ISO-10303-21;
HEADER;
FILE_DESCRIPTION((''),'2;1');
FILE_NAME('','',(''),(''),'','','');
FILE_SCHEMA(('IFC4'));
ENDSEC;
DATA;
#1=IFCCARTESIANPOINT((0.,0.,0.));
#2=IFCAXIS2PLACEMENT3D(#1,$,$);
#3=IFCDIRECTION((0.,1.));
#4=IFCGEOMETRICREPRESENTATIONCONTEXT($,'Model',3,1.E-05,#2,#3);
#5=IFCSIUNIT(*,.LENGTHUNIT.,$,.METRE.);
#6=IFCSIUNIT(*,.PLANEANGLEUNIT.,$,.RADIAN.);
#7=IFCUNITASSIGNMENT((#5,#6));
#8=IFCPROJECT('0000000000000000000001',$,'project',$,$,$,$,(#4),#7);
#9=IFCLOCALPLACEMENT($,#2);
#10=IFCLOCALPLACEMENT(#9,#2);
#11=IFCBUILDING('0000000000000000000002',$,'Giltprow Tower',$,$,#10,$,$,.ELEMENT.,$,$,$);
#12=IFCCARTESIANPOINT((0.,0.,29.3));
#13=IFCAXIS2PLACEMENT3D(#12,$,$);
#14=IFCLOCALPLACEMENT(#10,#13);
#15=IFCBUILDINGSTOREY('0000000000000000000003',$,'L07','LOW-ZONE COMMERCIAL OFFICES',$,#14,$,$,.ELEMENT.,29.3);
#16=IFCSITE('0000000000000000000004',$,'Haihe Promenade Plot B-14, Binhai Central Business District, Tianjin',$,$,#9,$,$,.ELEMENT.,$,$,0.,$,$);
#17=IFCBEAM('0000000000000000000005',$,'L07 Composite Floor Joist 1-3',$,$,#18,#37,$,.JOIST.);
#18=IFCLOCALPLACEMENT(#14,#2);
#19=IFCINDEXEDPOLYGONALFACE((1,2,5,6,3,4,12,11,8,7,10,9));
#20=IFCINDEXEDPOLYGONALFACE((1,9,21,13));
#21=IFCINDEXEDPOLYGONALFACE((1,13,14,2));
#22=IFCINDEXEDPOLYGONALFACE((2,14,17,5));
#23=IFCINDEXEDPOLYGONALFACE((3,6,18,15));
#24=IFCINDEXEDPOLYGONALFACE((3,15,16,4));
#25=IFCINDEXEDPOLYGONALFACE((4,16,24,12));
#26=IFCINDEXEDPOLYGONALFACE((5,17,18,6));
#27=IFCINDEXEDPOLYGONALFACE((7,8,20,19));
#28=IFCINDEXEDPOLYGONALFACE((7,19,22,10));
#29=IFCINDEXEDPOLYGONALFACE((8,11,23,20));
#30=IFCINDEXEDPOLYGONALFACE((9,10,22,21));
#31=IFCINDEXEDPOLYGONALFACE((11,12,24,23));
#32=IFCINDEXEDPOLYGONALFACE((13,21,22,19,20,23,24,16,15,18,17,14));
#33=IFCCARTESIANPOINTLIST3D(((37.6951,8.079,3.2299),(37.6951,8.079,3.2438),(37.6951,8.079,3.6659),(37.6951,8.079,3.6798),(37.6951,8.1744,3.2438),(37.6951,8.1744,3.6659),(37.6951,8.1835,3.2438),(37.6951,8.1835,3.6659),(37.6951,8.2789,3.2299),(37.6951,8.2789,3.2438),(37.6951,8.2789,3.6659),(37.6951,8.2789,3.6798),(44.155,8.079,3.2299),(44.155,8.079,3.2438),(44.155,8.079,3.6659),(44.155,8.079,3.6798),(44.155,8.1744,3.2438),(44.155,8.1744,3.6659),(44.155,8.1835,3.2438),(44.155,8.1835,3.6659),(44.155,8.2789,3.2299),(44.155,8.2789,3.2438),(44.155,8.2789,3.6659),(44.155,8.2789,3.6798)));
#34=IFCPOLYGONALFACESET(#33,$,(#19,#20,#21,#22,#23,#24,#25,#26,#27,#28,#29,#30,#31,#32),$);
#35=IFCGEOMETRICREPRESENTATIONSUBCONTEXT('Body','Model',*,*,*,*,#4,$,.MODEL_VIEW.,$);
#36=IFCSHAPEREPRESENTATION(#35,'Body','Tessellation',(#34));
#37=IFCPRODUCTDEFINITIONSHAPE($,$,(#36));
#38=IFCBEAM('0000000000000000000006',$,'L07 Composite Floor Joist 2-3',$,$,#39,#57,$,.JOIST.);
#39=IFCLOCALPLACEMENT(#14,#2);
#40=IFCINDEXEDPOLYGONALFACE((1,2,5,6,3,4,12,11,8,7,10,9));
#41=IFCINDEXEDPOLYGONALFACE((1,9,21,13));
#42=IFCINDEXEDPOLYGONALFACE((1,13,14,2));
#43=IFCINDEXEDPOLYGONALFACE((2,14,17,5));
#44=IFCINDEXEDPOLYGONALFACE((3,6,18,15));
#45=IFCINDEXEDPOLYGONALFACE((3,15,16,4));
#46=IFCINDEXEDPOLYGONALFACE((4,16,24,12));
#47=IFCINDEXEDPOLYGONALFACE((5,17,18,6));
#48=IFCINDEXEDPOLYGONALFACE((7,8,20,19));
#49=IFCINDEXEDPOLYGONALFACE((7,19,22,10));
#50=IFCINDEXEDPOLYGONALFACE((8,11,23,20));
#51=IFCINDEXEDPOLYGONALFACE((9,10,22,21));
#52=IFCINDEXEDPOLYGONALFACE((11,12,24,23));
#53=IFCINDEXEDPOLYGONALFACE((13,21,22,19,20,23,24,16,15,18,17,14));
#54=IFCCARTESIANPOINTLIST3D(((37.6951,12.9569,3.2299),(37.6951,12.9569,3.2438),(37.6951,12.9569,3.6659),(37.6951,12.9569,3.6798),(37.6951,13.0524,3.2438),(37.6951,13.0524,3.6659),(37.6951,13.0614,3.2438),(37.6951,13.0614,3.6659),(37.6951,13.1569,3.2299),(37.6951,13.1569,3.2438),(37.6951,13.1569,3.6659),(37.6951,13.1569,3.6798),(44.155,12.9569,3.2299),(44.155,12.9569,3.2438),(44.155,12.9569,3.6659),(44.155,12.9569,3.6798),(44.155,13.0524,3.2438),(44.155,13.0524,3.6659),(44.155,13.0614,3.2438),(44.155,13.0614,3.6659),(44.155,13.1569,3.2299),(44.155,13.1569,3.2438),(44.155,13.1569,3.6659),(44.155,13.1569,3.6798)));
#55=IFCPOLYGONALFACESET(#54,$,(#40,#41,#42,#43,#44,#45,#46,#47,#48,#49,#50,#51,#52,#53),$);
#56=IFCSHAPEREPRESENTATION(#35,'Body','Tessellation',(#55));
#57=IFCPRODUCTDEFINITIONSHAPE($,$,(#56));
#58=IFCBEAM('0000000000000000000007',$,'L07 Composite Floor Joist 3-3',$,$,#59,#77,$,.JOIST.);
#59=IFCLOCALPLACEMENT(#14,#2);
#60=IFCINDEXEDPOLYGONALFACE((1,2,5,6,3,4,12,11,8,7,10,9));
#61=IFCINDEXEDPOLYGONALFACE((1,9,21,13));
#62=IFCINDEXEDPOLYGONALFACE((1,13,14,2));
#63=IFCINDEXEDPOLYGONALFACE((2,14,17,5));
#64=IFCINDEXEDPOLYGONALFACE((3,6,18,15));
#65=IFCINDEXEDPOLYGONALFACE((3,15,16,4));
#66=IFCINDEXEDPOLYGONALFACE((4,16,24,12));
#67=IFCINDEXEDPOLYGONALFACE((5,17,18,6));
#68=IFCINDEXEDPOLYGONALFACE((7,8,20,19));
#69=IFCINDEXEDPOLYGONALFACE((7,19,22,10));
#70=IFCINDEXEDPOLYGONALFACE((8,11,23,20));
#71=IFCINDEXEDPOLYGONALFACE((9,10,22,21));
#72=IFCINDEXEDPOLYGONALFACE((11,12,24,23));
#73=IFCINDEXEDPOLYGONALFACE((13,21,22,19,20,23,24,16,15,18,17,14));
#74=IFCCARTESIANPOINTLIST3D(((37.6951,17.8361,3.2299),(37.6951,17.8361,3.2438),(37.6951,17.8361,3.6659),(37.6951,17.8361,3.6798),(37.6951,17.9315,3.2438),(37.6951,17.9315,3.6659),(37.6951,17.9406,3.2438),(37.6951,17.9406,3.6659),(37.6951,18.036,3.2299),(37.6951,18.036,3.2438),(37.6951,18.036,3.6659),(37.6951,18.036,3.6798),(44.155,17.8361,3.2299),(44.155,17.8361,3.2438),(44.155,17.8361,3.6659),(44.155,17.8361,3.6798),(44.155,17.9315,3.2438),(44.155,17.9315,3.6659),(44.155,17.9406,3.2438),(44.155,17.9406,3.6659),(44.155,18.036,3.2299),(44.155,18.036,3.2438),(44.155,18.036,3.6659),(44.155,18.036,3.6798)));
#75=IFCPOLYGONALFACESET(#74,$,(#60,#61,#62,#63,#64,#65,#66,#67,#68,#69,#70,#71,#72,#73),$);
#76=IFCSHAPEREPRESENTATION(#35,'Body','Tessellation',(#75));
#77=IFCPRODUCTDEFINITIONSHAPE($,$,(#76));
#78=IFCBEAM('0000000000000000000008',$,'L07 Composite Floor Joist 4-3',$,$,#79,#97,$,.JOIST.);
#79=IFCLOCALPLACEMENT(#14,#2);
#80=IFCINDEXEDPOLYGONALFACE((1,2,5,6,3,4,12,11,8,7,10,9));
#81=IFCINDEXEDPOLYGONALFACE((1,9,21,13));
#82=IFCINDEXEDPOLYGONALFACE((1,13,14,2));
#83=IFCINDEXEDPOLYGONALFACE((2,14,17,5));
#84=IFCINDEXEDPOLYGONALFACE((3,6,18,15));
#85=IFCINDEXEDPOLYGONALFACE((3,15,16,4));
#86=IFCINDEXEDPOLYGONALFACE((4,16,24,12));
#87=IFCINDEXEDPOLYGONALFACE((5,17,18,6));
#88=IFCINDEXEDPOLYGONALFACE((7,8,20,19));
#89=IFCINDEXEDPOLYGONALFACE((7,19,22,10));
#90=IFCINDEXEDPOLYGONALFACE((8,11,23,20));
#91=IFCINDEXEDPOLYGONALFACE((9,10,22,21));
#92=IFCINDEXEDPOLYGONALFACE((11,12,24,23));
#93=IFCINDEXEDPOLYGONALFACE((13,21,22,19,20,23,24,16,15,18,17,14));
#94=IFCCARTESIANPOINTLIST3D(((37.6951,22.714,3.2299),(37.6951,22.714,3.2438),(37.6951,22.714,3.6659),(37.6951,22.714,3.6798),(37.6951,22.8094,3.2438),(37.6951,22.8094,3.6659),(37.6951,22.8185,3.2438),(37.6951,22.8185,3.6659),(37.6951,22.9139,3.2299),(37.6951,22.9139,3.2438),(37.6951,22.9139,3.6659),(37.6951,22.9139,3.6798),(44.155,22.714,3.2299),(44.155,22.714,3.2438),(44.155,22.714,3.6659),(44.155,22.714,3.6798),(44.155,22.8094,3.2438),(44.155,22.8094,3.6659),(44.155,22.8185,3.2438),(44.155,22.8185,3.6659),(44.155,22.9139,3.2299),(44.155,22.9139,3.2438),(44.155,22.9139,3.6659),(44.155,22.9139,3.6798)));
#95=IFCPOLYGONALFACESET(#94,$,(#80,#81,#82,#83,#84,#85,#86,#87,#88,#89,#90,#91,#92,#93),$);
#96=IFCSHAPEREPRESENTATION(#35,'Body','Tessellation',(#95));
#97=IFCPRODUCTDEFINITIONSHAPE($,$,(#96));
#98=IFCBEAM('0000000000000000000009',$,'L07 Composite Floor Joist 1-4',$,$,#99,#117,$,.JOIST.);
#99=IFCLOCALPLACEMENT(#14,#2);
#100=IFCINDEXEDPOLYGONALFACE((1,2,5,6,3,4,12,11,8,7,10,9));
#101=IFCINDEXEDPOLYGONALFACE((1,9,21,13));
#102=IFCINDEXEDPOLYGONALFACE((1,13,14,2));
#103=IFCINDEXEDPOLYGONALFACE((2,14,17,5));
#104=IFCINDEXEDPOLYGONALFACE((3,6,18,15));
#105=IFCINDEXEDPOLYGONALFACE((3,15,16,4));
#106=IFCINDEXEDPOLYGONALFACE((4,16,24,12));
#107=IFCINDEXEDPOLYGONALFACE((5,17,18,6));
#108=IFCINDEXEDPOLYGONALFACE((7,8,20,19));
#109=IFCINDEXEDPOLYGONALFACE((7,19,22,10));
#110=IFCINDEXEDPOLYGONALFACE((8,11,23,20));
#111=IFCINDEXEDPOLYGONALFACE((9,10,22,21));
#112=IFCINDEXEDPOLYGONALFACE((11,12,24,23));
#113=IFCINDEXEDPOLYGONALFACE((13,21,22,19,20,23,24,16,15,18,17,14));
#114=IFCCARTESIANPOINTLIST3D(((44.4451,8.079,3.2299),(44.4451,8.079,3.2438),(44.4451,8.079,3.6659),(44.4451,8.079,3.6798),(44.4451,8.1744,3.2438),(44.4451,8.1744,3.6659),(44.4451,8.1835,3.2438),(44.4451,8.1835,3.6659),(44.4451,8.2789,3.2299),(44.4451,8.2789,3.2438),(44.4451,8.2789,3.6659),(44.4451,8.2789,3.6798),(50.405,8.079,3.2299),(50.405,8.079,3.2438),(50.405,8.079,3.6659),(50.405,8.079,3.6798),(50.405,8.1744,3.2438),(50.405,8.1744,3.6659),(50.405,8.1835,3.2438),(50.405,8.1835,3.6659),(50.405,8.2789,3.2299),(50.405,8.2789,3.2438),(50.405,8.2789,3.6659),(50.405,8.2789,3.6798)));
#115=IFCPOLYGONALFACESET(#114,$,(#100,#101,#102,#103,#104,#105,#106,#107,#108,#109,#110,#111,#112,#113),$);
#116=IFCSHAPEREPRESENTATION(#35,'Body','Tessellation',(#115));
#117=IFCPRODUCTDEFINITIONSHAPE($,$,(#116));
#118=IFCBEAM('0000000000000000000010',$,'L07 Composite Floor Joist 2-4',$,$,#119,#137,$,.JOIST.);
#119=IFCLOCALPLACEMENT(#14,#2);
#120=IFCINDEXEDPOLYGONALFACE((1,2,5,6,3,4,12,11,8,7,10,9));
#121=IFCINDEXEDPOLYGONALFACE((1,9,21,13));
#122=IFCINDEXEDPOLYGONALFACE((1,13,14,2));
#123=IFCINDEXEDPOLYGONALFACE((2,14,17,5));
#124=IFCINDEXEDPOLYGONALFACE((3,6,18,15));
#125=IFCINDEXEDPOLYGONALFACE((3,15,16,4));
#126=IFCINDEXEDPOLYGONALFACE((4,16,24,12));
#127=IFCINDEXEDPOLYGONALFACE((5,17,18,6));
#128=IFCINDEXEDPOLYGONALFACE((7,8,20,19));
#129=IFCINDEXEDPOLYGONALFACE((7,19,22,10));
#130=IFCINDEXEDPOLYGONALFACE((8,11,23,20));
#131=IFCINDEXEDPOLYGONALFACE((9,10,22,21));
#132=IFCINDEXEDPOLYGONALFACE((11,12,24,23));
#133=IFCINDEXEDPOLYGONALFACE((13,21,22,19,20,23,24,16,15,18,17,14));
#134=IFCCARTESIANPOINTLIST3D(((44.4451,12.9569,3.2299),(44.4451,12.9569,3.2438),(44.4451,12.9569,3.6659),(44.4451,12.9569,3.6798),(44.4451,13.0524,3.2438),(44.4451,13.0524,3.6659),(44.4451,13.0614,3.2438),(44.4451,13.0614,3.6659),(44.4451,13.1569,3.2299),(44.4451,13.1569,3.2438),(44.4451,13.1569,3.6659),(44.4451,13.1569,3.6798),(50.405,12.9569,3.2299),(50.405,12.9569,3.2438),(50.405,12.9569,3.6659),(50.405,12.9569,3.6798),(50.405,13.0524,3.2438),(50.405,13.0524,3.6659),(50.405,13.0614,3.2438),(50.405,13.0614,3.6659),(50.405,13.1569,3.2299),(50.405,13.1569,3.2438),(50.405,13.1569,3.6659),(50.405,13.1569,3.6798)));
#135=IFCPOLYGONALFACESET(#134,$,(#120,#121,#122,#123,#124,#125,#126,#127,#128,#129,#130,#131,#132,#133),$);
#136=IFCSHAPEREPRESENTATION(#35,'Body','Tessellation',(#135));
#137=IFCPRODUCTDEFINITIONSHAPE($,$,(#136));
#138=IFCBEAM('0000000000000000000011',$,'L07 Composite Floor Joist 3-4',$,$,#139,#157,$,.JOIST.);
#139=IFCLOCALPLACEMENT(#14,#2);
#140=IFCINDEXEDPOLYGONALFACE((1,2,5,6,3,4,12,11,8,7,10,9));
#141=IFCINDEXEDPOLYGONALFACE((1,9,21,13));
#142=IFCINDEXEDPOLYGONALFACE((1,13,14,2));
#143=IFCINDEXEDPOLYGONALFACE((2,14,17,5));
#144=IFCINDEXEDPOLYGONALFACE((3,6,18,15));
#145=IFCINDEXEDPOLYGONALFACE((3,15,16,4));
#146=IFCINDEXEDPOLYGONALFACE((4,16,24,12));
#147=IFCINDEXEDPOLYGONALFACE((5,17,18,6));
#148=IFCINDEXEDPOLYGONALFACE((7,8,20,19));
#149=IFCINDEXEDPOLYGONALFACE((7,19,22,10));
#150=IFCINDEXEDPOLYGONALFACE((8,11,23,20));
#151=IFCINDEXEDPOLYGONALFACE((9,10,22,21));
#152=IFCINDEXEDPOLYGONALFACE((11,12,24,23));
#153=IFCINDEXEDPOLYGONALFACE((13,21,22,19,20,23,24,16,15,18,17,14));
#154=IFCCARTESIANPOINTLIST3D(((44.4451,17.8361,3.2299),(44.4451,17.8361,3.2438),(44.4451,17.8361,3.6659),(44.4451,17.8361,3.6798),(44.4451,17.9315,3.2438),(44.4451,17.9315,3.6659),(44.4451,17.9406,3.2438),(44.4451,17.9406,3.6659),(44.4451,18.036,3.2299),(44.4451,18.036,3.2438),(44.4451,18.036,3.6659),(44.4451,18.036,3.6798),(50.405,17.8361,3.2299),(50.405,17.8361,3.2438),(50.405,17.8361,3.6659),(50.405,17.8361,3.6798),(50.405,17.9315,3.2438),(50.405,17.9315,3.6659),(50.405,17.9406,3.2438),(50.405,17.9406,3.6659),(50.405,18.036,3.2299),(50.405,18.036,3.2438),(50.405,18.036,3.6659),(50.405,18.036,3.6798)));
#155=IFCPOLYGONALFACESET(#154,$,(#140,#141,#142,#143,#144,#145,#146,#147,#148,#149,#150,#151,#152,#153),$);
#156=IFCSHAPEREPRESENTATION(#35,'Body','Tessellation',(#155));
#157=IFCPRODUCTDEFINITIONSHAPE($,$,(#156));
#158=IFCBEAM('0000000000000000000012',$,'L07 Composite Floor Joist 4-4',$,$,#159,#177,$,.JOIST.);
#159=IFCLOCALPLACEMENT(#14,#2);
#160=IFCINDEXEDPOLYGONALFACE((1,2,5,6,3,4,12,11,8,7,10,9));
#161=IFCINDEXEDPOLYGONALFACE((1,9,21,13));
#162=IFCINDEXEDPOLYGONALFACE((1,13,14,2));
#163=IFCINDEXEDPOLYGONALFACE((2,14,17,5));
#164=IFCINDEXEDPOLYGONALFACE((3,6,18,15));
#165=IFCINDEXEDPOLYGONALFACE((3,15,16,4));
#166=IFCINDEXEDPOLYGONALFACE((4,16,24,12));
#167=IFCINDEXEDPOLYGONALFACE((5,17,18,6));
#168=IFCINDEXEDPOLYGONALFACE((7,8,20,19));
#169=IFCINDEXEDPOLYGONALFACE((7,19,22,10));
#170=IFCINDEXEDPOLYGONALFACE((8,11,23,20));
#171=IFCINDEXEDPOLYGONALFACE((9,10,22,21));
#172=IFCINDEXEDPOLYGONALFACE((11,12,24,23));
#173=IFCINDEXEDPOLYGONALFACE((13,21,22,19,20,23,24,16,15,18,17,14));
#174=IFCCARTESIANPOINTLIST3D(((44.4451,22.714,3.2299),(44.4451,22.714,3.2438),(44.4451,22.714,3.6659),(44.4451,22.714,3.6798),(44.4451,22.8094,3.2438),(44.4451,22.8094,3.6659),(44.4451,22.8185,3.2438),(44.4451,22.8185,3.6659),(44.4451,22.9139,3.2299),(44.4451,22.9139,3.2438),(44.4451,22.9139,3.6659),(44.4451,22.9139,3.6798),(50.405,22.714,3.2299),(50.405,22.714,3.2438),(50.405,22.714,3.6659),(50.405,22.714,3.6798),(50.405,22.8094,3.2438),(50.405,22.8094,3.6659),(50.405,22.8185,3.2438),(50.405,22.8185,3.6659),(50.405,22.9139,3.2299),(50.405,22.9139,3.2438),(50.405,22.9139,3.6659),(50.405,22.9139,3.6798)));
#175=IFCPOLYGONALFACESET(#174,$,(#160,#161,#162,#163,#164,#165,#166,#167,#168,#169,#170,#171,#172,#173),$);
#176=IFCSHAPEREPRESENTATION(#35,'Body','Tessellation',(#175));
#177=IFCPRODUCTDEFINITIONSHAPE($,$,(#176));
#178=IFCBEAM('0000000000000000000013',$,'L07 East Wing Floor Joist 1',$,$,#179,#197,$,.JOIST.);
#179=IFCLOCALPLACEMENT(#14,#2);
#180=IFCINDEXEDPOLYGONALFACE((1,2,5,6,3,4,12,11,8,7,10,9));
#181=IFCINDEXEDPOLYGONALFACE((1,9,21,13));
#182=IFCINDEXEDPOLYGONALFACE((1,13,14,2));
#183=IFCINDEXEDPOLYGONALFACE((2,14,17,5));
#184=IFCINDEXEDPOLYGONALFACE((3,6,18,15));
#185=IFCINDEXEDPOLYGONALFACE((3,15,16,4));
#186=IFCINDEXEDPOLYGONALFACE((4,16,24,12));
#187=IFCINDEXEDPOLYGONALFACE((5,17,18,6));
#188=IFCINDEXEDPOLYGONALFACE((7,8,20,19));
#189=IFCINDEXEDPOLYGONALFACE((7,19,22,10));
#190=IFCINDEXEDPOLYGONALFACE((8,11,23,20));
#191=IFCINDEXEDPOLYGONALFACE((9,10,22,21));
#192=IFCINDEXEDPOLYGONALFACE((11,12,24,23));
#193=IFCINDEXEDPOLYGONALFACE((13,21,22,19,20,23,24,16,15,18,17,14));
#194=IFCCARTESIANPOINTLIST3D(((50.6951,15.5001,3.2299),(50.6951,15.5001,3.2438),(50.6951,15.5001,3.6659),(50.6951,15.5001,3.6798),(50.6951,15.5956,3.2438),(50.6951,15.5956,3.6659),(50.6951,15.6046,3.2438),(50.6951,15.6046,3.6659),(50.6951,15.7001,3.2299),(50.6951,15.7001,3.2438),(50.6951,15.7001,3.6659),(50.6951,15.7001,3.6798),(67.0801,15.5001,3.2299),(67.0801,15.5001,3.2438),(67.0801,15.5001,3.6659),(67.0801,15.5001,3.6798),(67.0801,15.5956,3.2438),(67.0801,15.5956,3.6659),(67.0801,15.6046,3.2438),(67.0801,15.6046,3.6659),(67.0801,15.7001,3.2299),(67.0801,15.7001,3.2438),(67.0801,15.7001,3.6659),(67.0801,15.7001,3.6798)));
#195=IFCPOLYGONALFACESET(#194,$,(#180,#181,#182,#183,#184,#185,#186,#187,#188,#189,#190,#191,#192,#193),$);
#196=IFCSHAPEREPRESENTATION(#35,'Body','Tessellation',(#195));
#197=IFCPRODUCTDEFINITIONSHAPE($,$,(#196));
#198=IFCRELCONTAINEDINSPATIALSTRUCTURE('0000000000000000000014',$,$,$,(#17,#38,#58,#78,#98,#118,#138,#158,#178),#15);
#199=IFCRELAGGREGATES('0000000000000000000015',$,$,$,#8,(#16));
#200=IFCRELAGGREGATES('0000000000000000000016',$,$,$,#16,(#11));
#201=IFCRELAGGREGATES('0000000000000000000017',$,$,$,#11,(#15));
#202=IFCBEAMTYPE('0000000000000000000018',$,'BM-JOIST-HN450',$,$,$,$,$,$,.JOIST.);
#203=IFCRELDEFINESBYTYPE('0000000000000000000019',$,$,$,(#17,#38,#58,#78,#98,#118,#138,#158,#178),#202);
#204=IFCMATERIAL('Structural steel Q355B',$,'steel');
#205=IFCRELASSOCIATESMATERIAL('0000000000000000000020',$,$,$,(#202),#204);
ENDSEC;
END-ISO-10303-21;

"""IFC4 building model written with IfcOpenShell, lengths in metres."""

from ifc_helpers import new_model, si_unit, direction, frame, origin, origin_2d, place, context, subcontext, project, spatial, i_section, extrude, source, transform, mapped, material, material_profile, profile_set, type_object, element, save


model = new_model("IFC4")

# Units and contexts
model_context = context("Model", 3, precision=1e-05, world=origin(), true_north=direction((0.0, 1.0)))
body_context = subcontext(model_context, "Body", "Model", "MODEL_VIEW")
ifc_project = project(units=[si_unit("LENGTHUNIT", "METRE"), si_unit("PLANEANGLEUNIT", "RADIAN")], contexts=[model_context])

# Site, building, storey
site_placement = place(None, origin())
site = spatial("IfcSite", under=ifc_project, at=site_placement, Name="Haihe Promenade Plot B-14, Binhai Central Business District, Tianjin", CompositionType="ELEMENT", RefElevation=0.0)
building_placement = place(site_placement, origin())
building = spatial("IfcBuilding", under=site, at=building_placement, Name="Giltprow Tower", CompositionType="ELEMENT")
storey_placement = place(building_placement, frame((0.0, 0.0, 29.3)))
storey = spatial("IfcBuildingStorey", under=building, at=storey_placement, Name="L07", Description="LOW-ZONE COMMERCIAL OFFICES", CompositionType="ELEMENT", Elevation=29.3)

# Beams
ifc_material_1 = material(Name="Structural steel Q355B", Category="steel")
ifc_material_profile_1 = material_profile(ifc_material_1, i_section(OverallWidth=0.2, OverallDepth=0.45, WebThickness=0.009, FlangeThickness=0.0139, at=origin_2d()), Name="HN 450x200x9x14")
ifc_profile_set_1 = profile_set([ifc_material_profile_1], Name="Structural steel Q355B")
beam_type_1 = type_object("IfcBeamType", Name="BM-JOIST-HN450", PredefinedType="JOIST", material=ifc_profile_set_1)
shared_shape_1 = source(origin(), body_context, "Body", "SweptSolid", [
    extrude(i_section(OverallWidth=0.2, OverallDepth=0.45, WebThickness=0.009, FlangeThickness=0.0139, at=origin_2d()), origin(), (0.0, 0.0, 1.0), 6.46),
])
for number, where, z_axis, x_axis, name in (
    (1, (37.6951, 8.179, 3.4548), (1.0, 0.0, 0.0), (0.0, 1.0, 0.0), "L07 Composite Floor Joist 1-3"),
    (2, (37.6951, 13.0569, 3.4548), (1.0, 0.0, 0.0), (0.0, 1.0, 0.0), "L07 Composite Floor Joist 2-3"),
    (3, (37.6951, 17.936, 3.4548), (1.0, 0.0, 0.0), (0.0, 1.0, 0.0), "L07 Composite Floor Joist 3-3"),
    (4, (37.6951, 22.814, 3.4548), (1.0, 0.0, 0.0), (0.0, 1.0, 0.0), "L07 Composite Floor Joist 4-3"),
):
    element("IfcBeam", number, at=place(storey_placement, frame(where, z_axis=z_axis, x_axis=x_axis)), inside=storey, type_object=beam_type_1, Name=name, PredefinedType="JOIST", context=body_context, shape_type="MappedRepresentation", body=[
        mapped(shared_shape_1, transform((0.0, 0.0, 0.0), x_axis=(1.0, 0.0, 0.0), y_axis=(0.0, 1.0, 0.0), z_axis=(0.0, 0.0, 1.0), scale=1.0)),
    ])
shared_shape_2 = source(origin(), body_context, "Body", "SweptSolid", [
    extrude(i_section(OverallWidth=0.2, OverallDepth=0.45, WebThickness=0.009, FlangeThickness=0.0139, at=origin_2d()), origin(), (0.0, 0.0, 1.0), 5.96),
])
for number, where, z_axis, x_axis, name in (
    (5, (44.4451, 8.179, 3.4548), (1.0, 0.0, 0.0), (0.0, 1.0, 0.0), "L07 Composite Floor Joist 1-4"),
    (6, (44.4451, 13.0569, 3.4548), (1.0, 0.0, 0.0), (0.0, 1.0, 0.0), "L07 Composite Floor Joist 2-4"),
    (7, (44.4451, 17.936, 3.4548), (1.0, 0.0, 0.0), (0.0, 1.0, 0.0), "L07 Composite Floor Joist 3-4"),
    (8, (44.4451, 22.814, 3.4548), (1.0, 0.0, 0.0), (0.0, 1.0, 0.0), "L07 Composite Floor Joist 4-4"),
):
    element("IfcBeam", number, at=place(storey_placement, frame(where, z_axis=z_axis, x_axis=x_axis)), inside=storey, type_object=beam_type_1, Name=name, PredefinedType="JOIST", context=body_context, shape_type="MappedRepresentation", body=[
        mapped(shared_shape_2, transform((0.0, 0.0, 0.0), x_axis=(1.0, 0.0, 0.0), y_axis=(0.0, 1.0, 0.0), z_axis=(0.0, 0.0, 1.0), scale=1.0)),
    ])
shared_shape_3 = source(origin(), body_context, "Body", "SweptSolid", [
    extrude(i_section(OverallWidth=0.2, OverallDepth=0.45, WebThickness=0.009, FlangeThickness=0.0139, at=origin_2d()), origin(), (0.0, 0.0, 1.0), 16.385),
])
beam_1_placement = place(storey_placement, frame((50.6951, 15.6001, 3.4548), z_axis=(1.0, 0.0, 0.0), x_axis=(0.0, 1.0, 0.0)))
element("IfcBeam", 9, at=beam_1_placement, inside=storey, type_object=beam_type_1, Name="L07 East Wing Floor Joist 1", PredefinedType="JOIST", context=body_context, shape_type="MappedRepresentation", body=[
    mapped(shared_shape_3, transform((0.0, 0.0, 0.0), x_axis=(1.0, 0.0, 0.0), y_axis=(0.0, 1.0, 0.0), z_axis=(0.0, 0.0, 1.0), scale=1.0)),
])

save(model, "model.ifc")
